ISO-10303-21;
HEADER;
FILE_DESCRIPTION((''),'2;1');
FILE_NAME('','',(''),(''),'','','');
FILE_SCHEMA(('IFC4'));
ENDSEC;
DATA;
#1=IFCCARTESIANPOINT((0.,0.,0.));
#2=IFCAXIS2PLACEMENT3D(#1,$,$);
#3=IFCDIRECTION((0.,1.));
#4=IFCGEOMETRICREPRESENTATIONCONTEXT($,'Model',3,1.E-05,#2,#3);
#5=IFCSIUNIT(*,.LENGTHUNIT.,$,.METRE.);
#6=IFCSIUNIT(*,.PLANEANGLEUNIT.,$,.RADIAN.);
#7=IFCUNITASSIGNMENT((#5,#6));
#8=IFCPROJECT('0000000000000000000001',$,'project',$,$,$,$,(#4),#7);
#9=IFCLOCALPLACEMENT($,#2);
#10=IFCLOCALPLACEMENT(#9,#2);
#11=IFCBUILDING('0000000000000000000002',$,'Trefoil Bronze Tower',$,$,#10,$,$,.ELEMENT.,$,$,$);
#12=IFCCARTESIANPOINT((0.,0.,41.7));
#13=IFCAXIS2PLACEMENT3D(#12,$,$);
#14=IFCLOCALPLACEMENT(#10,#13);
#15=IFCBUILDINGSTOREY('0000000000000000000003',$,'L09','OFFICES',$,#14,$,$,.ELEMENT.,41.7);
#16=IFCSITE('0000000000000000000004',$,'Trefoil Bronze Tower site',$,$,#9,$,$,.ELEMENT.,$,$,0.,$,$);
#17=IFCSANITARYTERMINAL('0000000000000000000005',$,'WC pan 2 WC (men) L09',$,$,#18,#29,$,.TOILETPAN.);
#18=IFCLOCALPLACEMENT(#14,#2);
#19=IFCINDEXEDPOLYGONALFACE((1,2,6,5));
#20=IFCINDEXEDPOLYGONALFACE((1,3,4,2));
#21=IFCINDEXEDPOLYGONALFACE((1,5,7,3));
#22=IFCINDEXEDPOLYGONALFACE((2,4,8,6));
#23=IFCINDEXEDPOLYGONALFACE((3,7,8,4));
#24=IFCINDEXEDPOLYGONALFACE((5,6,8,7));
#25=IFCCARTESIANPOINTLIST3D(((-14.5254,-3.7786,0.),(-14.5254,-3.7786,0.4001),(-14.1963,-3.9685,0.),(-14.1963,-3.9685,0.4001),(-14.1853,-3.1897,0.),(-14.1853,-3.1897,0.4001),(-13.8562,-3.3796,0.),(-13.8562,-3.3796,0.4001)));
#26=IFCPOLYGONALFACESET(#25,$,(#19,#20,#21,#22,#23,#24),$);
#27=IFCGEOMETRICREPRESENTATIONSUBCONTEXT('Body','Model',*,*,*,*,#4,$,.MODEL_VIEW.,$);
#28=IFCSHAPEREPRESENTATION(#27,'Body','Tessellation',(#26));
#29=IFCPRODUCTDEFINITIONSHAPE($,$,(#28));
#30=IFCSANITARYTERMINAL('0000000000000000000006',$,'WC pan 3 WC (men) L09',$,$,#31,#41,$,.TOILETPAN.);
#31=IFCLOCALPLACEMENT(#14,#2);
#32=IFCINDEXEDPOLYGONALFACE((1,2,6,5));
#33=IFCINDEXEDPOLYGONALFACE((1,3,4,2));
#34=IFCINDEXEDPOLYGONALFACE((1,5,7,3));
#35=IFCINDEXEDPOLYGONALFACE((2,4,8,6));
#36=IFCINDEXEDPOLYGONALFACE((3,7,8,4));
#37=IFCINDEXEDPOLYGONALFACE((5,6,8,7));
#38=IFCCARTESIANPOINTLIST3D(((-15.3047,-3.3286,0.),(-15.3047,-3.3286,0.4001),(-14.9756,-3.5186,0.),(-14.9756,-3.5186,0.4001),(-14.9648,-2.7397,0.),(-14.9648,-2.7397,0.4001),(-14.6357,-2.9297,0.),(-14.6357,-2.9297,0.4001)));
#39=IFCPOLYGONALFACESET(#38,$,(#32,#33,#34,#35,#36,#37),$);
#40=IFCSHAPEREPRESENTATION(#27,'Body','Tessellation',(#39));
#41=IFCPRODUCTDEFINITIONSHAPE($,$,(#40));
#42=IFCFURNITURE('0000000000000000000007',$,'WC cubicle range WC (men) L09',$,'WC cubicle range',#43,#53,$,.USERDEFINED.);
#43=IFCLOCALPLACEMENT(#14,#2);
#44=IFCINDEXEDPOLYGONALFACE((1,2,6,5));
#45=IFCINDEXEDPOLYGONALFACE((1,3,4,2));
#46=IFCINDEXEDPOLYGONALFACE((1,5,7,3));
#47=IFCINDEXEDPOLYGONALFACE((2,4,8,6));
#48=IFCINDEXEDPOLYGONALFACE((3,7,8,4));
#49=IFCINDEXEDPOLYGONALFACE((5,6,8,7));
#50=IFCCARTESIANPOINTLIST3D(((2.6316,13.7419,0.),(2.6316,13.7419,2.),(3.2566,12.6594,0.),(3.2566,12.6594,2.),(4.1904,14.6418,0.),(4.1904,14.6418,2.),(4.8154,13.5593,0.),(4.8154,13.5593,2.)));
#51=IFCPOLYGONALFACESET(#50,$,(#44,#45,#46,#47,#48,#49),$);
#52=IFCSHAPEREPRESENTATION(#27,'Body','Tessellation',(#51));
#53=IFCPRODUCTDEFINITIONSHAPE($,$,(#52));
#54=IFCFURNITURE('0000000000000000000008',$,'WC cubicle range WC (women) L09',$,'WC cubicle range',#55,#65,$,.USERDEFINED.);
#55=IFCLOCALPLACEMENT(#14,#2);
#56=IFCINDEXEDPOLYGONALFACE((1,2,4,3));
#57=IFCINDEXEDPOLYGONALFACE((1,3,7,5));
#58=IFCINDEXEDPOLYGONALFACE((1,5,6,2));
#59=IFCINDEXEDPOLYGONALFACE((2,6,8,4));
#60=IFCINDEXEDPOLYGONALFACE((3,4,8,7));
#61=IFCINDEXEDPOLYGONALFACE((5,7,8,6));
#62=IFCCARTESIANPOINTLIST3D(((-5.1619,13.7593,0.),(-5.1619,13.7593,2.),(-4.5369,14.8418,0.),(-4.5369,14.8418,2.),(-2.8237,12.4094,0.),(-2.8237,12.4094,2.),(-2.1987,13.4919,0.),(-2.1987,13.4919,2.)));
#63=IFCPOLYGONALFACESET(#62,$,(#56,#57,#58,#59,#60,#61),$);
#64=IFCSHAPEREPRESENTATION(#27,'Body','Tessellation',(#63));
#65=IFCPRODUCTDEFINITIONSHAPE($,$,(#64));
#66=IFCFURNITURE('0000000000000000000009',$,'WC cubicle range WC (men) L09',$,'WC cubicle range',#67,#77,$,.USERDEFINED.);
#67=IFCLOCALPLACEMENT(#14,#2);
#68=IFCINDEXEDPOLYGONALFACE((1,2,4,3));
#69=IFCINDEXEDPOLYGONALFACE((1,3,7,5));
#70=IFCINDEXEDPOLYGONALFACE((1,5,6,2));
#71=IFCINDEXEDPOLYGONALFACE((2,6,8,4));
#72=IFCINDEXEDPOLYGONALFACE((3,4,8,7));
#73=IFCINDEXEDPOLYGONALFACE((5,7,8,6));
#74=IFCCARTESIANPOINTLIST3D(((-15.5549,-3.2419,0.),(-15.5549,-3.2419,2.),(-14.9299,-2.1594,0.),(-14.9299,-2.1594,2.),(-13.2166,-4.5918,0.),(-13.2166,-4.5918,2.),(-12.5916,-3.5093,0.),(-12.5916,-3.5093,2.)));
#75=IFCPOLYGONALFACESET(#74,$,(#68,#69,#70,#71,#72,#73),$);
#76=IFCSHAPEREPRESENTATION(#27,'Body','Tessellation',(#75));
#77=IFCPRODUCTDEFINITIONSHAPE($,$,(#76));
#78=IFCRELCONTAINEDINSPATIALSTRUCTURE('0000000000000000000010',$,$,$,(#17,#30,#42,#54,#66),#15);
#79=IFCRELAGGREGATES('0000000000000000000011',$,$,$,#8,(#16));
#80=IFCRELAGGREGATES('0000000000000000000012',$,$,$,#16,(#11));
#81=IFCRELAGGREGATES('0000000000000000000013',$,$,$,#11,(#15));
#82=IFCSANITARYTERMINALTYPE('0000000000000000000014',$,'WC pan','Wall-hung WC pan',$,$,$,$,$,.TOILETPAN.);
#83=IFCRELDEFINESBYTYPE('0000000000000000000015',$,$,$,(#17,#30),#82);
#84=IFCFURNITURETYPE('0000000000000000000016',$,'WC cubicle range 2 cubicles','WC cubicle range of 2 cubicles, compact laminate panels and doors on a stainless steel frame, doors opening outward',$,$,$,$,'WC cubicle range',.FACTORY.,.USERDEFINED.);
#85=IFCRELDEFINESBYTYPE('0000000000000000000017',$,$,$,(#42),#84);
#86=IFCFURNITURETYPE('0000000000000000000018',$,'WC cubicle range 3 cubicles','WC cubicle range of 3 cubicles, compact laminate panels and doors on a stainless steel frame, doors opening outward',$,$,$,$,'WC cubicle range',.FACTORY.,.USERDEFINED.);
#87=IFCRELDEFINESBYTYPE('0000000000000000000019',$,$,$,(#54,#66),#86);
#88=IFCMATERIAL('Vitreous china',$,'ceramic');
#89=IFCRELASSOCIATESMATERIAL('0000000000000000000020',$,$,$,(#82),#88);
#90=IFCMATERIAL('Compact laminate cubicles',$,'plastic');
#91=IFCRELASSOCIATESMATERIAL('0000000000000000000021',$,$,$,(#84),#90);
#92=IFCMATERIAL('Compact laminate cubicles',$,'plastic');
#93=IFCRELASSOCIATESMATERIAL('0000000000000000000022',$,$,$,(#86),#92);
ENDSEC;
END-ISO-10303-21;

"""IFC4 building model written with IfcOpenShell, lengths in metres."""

from ifc_helpers import new_model, si_unit, direction, frame, origin, place, context, subcontext, project, spatial, polyline, outline, extrude, material, type_object, element, save


model = new_model("IFC4")

# Units and contexts
model_context = context("Model", 3, precision=1e-05, world=origin(), true_north=direction((0.0, 1.0)))
body_context = subcontext(model_context, "Body", "Model", "MODEL_VIEW")
ifc_project = project(units=[si_unit("LENGTHUNIT", "METRE"), si_unit("PLANEANGLEUNIT", "RADIAN")], contexts=[model_context])

# Site, building, storey
site_placement = place(None, origin())
site = spatial("IfcSite", under=ifc_project, at=site_placement, Name="Trefoil Bronze Tower site", CompositionType="ELEMENT", RefElevation=0.0)
building_placement = place(site_placement, origin())
building = spatial("IfcBuilding", under=site, at=building_placement, Name="Trefoil Bronze Tower", CompositionType="ELEMENT")
storey_placement = place(building_placement, frame((0.0, 0.0, 41.7)))
storey = spatial("IfcBuildingStorey", under=building, at=storey_placement, Name="L09", Description="OFFICES", CompositionType="ELEMENT", Elevation=41.7)

# Sanitary terminals
ifc_material_1 = material(Name="Vitreous china", Category="ceramic")
sanitary_terminal_type_1 = type_object("IfcSanitaryTerminalType", Name="WC pan", Description="Wall-hung WC pan", PredefinedType="TOILETPAN", material=ifc_material_1)
sanitary_terminal_1_placement = place(storey_placement, origin())
element("IfcSanitaryTerminal", 1, at=sanitary_terminal_1_placement, inside=storey, type_object=sanitary_terminal_type_1, Name="WC pan 2 WC (men) L09", PredefinedType="TOILETPAN", context=body_context, shape_type="SweptSolid", body=[
    extrude(outline(polyline([(-13.8562, -3.3796), (-14.1963, -3.9685), (-14.5254, -3.7786), (-14.1853, -3.1897), (-13.8562, -3.3796)])), origin(), (0.0, 0.0, 1.0), 0.4001),
])
sanitary_terminal_2_placement = place(storey_placement, origin())
element("IfcSanitaryTerminal", 2, at=sanitary_terminal_2_placement, inside=storey, type_object=sanitary_terminal_type_1, Name="WC pan 3 WC (men) L09", PredefinedType="TOILETPAN", context=body_context, shape_type="SweptSolid", body=[
    extrude(outline(polyline([(-14.6357, -2.9297), (-14.9756, -3.5186), (-15.3047, -3.3286), (-14.9648, -2.7397), (-14.6357, -2.9297)])), origin(), (0.0, 0.0, 1.0), 0.4001),
])

# Furniture
ifc_material_2 = material(Name="Compact laminate cubicles", Category="plastic")
furniture_type_1 = type_object("IfcFurnitureType", Name="WC cubicle range 2 cubicles", Description="WC cubicle range of 2 cubicles, compact laminate panels and doors on a stainless steel frame, doors opening outward", ElementType="WC cubicle range", AssemblyPlace="FACTORY", PredefinedType="USERDEFINED", material=ifc_material_2)
furniture_1_placement = place(storey_placement, origin())
element("IfcFurniture", 3, at=furniture_1_placement, inside=storey, type_object=furniture_type_1, Name="WC cubicle range WC (men) L09", ObjectType="WC cubicle range", PredefinedType="USERDEFINED", context=body_context, shape_type="SweptSolid", body=[
    extrude(outline(polyline([(3.2566, 12.6594), (2.6316, 13.7419), (4.1904, 14.6418), (4.8154, 13.5593), (3.2566, 12.6594)])), origin(), (0.0, 0.0, 1.0), 2.0),
])
ifc_material_3 = material(Name="Compact laminate cubicles", Category="plastic")
furniture_type_2 = type_object("IfcFurnitureType", Name="WC cubicle range 3 cubicles", Description="WC cubicle range of 3 cubicles, compact laminate panels and doors on a stainless steel frame, doors opening outward", ElementType="WC cubicle range", AssemblyPlace="FACTORY", PredefinedType="USERDEFINED", material=ifc_material_3)
furniture_2_placement = place(storey_placement, origin())
element("IfcFurniture", 4, at=furniture_2_placement, inside=storey, type_object=furniture_type_2, Name="WC cubicle range WC (women) L09", ObjectType="WC cubicle range", PredefinedType="USERDEFINED", context=body_context, shape_type="SweptSolid", body=[
    extrude(outline(polyline([(-2.8237, 12.4094), (-2.1987, 13.4919), (-4.5369, 14.8418), (-5.1619, 13.7593), (-2.8237, 12.4094)])), origin(), (0.0, 0.0, 1.0), 2.0),
])
furniture_3_placement = place(storey_placement, origin())
element("IfcFurniture", 5, at=furniture_3_placement, inside=storey, type_object=furniture_type_2, Name="WC cubicle range WC (men) L09", ObjectType="WC cubicle range", PredefinedType="USERDEFINED", context=body_context, shape_type="SweptSolid", body=[
    extrude(outline(polyline([(-12.5916, -3.5093), (-13.2166, -4.5918), (-15.5549, -3.2419), (-14.9299, -2.1594), (-12.5916, -3.5093)])), origin(), (0.0, 0.0, 1.0), 2.0),
])

save(model, "model.ifc")
